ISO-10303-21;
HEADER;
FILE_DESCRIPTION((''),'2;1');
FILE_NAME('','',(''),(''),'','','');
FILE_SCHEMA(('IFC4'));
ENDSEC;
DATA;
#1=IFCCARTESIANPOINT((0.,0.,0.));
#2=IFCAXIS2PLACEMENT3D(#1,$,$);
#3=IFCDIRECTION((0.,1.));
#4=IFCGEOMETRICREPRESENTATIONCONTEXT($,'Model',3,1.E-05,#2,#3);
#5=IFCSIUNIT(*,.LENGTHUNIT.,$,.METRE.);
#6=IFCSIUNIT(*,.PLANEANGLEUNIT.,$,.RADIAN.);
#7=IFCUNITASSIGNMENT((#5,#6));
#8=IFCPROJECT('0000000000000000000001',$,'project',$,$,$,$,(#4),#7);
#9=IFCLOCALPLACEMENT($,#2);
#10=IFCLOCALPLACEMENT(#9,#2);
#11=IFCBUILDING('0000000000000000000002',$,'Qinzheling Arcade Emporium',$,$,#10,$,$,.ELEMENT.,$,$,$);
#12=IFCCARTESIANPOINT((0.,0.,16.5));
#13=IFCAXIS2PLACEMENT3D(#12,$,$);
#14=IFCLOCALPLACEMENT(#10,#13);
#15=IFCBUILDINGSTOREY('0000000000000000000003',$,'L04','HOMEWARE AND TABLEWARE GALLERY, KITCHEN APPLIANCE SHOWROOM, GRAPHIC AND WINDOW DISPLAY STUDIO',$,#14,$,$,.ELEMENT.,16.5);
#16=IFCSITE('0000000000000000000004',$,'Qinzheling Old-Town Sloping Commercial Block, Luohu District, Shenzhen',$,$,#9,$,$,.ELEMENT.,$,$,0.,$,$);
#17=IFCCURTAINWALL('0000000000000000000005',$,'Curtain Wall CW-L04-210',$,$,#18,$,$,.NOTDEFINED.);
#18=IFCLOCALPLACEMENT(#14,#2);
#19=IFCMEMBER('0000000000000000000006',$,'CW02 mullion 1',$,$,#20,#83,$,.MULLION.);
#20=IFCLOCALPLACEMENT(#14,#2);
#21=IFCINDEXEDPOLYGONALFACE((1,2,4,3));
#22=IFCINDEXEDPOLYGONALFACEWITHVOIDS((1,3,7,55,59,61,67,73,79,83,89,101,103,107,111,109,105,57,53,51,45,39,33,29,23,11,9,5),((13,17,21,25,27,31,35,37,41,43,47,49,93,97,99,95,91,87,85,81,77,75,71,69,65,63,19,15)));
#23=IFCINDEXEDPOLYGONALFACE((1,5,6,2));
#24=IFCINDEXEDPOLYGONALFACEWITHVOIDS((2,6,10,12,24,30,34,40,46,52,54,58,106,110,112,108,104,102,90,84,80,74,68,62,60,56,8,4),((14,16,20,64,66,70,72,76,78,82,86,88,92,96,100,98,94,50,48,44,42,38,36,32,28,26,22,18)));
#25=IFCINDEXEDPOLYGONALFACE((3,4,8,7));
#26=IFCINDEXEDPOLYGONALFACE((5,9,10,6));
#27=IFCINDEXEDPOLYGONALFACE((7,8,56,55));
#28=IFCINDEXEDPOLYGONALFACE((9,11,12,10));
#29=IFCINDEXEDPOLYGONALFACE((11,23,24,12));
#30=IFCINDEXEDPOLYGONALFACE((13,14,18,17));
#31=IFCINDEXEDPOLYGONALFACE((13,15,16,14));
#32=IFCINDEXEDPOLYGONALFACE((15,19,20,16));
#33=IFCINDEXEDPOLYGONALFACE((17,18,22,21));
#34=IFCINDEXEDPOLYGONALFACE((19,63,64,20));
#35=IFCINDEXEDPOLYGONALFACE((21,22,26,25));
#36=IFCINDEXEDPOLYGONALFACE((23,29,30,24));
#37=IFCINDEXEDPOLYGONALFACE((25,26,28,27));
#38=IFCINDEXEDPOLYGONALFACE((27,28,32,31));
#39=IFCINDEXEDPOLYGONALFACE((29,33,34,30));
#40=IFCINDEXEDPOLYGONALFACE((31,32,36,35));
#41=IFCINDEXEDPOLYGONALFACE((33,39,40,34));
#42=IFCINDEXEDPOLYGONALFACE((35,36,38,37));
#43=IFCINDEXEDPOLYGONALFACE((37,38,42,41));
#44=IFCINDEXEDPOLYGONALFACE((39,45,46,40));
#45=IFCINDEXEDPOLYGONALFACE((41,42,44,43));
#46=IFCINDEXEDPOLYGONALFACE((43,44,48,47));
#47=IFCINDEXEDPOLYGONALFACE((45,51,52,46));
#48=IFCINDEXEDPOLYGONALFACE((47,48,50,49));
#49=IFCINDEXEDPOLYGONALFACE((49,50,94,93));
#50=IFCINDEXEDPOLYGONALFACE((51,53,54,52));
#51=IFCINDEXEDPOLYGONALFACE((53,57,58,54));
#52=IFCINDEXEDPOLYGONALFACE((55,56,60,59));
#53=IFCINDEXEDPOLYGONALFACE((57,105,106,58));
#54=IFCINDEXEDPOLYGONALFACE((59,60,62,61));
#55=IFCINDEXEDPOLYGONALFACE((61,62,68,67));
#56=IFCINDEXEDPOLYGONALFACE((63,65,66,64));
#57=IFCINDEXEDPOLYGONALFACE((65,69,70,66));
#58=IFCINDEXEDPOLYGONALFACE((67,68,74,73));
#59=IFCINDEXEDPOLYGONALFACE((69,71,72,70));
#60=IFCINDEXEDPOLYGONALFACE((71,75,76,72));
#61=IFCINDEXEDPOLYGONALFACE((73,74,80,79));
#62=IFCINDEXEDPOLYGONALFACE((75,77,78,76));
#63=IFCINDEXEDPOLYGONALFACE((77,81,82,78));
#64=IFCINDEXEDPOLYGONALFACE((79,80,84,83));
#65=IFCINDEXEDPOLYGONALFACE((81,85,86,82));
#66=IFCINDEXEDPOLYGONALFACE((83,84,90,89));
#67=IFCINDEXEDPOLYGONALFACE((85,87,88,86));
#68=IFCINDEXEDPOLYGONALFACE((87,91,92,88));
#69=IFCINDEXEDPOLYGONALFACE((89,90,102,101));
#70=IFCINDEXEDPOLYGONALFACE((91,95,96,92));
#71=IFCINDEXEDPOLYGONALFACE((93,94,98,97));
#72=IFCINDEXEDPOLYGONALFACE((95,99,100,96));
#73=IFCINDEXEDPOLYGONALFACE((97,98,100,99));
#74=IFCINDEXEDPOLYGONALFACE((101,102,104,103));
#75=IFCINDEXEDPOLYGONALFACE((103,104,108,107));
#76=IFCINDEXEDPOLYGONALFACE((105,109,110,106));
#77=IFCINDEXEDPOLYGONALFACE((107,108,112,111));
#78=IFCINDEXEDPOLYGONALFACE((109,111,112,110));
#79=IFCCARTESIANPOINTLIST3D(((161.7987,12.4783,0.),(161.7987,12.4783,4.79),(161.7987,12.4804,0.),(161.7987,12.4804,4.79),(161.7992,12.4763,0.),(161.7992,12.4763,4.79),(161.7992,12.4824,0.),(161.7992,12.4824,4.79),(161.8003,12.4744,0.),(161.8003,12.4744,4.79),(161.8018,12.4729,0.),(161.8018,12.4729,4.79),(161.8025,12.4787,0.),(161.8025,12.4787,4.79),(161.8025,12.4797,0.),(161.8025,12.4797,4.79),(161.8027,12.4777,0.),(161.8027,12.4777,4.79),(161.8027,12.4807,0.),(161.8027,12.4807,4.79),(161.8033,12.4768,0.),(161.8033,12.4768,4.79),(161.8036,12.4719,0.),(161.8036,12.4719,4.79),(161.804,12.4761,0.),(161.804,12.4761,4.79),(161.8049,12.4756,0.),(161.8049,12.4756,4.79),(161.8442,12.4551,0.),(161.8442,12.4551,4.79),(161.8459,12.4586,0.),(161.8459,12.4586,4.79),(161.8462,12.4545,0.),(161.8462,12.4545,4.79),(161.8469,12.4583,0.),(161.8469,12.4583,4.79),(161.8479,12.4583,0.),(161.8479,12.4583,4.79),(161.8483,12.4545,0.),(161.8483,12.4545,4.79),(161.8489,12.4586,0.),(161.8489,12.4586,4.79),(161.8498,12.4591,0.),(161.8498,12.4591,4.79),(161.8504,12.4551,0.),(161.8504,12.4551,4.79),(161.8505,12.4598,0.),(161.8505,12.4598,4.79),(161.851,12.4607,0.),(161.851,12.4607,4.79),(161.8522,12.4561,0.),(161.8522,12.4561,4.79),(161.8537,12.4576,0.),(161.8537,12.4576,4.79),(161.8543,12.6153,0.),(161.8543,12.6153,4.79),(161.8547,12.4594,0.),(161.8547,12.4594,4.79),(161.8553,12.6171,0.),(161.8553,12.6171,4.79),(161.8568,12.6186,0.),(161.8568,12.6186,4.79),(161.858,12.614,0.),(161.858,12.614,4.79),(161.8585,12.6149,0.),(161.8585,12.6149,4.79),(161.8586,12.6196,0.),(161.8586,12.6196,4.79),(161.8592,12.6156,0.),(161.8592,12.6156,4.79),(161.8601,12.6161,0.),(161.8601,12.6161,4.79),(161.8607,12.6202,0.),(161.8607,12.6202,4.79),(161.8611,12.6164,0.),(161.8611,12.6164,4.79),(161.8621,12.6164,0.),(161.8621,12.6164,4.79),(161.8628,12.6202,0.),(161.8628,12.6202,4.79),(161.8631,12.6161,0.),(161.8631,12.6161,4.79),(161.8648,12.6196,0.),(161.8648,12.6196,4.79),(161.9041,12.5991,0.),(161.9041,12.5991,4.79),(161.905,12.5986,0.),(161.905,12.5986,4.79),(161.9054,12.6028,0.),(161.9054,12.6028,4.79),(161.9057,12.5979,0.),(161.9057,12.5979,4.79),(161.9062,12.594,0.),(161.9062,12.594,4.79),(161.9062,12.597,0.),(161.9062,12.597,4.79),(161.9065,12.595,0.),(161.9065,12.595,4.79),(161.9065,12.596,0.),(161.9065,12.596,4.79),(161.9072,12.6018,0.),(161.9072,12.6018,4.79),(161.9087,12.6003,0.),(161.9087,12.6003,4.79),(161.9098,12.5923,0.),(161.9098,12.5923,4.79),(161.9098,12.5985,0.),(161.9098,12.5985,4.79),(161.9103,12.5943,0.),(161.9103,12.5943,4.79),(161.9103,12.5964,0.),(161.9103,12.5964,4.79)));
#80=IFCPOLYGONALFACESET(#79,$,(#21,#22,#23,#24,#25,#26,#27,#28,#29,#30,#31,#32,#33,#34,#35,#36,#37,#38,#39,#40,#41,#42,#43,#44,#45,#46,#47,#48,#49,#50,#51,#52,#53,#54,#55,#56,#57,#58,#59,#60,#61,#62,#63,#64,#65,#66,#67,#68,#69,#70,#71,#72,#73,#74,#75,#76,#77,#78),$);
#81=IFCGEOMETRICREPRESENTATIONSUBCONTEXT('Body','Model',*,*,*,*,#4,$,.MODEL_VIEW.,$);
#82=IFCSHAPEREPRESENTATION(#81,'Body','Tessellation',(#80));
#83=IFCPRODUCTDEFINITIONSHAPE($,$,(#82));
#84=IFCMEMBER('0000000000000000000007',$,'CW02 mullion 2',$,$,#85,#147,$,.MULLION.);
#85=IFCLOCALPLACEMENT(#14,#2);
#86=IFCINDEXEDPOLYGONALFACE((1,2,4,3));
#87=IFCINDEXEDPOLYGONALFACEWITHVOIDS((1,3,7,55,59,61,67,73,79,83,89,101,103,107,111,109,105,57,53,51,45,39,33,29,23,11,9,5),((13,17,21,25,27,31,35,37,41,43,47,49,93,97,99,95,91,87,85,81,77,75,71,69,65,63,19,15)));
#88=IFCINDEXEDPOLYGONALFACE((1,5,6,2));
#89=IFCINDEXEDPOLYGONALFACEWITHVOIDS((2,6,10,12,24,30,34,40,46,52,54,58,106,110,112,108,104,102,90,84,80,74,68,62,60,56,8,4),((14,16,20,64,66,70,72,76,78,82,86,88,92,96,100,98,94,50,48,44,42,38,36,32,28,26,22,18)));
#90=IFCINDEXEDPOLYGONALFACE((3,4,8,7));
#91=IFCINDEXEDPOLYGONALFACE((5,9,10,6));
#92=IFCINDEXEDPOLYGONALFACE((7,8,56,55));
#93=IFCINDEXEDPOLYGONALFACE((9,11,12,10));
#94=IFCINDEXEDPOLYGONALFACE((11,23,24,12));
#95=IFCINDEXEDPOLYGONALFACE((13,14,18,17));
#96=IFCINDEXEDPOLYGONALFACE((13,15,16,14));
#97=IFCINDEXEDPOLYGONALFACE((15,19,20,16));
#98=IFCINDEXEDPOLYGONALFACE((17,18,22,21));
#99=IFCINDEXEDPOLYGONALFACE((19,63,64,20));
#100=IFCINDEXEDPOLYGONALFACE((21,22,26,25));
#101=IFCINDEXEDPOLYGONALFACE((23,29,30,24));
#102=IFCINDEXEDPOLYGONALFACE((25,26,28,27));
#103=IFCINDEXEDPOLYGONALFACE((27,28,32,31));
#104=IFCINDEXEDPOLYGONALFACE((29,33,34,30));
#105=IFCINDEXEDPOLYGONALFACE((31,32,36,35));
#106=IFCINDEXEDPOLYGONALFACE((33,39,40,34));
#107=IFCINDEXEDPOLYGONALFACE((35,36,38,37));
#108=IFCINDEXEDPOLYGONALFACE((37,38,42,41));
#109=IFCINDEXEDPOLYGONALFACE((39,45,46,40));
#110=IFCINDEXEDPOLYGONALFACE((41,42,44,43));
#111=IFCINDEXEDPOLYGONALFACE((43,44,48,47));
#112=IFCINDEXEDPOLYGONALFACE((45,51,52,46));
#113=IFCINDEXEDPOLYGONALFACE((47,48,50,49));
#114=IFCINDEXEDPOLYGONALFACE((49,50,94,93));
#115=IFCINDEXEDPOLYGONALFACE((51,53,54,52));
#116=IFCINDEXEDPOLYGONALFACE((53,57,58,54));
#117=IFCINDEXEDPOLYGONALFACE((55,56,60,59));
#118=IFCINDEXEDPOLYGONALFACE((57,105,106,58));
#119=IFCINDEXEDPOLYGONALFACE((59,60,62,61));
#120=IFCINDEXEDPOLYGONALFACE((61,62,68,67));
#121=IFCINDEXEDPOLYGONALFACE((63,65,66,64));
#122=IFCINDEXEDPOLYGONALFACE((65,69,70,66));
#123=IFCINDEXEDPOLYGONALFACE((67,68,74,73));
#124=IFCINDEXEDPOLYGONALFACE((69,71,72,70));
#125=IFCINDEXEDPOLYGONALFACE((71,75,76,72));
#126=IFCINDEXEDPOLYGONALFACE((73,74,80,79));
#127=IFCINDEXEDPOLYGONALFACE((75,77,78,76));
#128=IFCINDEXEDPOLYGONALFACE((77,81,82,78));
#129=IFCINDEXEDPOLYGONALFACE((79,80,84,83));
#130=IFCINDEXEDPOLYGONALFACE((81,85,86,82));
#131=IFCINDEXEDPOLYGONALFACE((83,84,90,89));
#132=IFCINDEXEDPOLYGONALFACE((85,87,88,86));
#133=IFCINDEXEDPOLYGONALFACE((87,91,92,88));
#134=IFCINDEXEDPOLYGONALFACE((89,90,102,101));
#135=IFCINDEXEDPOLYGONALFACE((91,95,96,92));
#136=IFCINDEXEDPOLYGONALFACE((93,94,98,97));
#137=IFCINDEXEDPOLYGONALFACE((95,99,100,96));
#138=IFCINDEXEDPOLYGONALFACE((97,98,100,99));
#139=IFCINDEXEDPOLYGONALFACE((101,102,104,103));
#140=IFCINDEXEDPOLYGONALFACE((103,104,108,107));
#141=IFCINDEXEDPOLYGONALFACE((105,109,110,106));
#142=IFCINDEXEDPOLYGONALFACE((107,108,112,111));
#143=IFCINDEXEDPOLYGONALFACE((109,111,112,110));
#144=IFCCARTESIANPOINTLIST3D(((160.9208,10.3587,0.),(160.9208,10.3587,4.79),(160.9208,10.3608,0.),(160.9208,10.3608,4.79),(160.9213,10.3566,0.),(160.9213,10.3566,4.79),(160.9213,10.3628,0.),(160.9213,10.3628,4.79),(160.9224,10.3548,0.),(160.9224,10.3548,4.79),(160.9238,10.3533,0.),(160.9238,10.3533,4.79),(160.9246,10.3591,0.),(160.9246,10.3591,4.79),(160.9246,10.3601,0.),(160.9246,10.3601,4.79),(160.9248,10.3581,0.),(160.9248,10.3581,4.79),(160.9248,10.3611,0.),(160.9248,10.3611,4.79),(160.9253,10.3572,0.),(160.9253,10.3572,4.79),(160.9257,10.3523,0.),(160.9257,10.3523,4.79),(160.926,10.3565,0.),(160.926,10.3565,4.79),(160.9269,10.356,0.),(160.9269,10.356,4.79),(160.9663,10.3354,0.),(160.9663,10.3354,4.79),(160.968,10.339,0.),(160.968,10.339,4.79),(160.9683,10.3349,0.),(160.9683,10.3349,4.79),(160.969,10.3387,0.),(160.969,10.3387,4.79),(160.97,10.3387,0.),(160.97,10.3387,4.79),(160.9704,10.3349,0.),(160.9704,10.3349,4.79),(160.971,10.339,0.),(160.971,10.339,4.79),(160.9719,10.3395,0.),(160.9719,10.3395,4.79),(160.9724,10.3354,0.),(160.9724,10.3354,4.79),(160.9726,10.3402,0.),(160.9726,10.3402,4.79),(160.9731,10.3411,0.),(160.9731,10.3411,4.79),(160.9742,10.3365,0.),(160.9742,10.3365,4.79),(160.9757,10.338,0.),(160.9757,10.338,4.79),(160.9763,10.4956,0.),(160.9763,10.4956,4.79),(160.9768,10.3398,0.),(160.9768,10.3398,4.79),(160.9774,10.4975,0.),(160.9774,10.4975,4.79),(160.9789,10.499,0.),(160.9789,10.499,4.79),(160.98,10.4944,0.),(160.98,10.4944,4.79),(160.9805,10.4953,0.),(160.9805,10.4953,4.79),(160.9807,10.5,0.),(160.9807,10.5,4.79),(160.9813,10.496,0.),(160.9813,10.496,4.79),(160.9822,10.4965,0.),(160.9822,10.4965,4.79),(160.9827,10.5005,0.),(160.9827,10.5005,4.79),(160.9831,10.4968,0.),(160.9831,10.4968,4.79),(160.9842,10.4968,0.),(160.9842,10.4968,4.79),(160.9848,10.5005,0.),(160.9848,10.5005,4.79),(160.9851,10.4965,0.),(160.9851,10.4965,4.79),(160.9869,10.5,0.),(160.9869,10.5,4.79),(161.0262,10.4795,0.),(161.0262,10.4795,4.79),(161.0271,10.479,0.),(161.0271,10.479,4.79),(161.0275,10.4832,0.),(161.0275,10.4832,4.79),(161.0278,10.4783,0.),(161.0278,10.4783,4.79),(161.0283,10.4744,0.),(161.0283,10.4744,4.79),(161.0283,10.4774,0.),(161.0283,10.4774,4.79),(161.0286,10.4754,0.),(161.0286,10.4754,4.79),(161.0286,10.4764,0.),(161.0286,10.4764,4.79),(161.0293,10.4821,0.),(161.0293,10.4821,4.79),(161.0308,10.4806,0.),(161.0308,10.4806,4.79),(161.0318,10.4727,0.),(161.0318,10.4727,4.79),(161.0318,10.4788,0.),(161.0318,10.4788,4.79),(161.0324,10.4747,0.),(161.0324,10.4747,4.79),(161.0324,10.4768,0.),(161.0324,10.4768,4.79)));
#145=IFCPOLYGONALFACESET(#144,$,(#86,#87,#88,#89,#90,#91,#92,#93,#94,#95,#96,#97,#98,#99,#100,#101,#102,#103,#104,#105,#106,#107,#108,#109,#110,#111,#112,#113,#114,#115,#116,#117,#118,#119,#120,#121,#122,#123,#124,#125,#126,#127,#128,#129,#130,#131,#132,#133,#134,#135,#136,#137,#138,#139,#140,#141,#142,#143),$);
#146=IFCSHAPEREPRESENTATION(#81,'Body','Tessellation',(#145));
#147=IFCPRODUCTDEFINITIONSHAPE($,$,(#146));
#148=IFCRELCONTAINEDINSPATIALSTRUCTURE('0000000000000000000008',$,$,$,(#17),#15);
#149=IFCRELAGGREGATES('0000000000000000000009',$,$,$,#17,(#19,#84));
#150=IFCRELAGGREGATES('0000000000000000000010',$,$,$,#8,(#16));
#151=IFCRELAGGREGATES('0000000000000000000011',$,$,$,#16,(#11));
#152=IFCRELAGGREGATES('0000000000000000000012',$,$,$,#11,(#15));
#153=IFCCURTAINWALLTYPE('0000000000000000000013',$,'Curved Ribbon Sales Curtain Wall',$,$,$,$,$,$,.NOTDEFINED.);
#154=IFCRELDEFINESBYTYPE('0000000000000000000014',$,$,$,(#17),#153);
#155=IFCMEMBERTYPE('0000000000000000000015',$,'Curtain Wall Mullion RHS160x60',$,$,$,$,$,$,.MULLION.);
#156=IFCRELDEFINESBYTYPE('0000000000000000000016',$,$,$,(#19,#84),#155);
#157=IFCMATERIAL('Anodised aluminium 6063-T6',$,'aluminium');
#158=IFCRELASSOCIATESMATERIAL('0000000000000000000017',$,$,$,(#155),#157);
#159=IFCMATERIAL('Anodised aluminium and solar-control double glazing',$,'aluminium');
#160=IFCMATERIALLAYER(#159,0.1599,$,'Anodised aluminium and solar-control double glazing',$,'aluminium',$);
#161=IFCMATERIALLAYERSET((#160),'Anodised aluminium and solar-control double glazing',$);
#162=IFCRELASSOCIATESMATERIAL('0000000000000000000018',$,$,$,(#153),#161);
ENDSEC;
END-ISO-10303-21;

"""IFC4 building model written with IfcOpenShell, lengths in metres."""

from ifc_helpers import new_model, si_unit, direction, frame, origin, origin_2d, place, context, subcontext, project, spatial, hollow_rectangle, extrude, material, layer, layer_set, material_profile, profile_set, type_object, element, aggregate, save


model = new_model("IFC4")

# Units and contexts
model_context = context("Model", 3, precision=1e-05, world=origin(), true_north=direction((0.0, 1.0)))
body_context = subcontext(model_context, "Body", "Model", "MODEL_VIEW")
ifc_project = project(units=[si_unit("LENGTHUNIT", "METRE"), si_unit("PLANEANGLEUNIT", "RADIAN")], contexts=[model_context])

# Site, building, storey
site_placement = place(None, origin())
site = spatial("IfcSite", under=ifc_project, at=site_placement, Name="Qinzheling Old-Town Sloping Commercial Block, Luohu District, Shenzhen", CompositionType="ELEMENT", RefElevation=0.0)
building_placement = place(site_placement, origin())
building = spatial("IfcBuilding", under=site, at=building_placement, Name="Qinzheling Arcade Emporium", CompositionType="ELEMENT")
storey_placement = place(building_placement, frame((0.0, 0.0, 16.5)))
storey = spatial("IfcBuildingStorey", under=building, at=storey_placement, Name="L04", Description="HOMEWARE AND TABLEWARE GALLERY, KITCHEN APPLIANCE SHOWROOM, GRAPHIC AND WINDOW DISPLAY STUDIO", CompositionType="ELEMENT", Elevation=16.5)

# Curtain wall, members
ifc_material_1 = material(Name="Anodised aluminium and solar-control double glazing", Category="aluminium")
ifc_material_2 = material(Name="Anodised aluminium 6063-T6", Category="aluminium")
ifc_material_profile_1 = material_profile(ifc_material_2, hollow_rectangle(XDim=0.0601, YDim=0.1599, WallThickness=0.0039, InnerFilletRadius=0.0039, OuterFilletRadius=0.0081, at=origin_2d()), Name="RHS 160x60x4", Category="aluminium")
ifc_profile_set_1 = profile_set([ifc_material_profile_1], Name="Anodised aluminium 6063-T6")
member_type_1 = type_object("IfcMemberType", Name="Curtain Wall Mullion RHS160x60", PredefinedType="MULLION", material=ifc_profile_set_1)
ifc_layer_1 = layer(ifc_material_1, 0.1599, Name="Anodised aluminium and solar-control double glazing", Category="aluminium")
ifc_layer_set_1 = layer_set([ifc_layer_1], Name="Anodised aluminium and solar-control double glazing")
curtain_wall_type_1 = type_object("IfcCurtainWallType", Name="Curved Ribbon Sales Curtain Wall", PredefinedType="NOTDEFINED", material=ifc_layer_set_1)
curtain_wall_1_placement = place(storey_placement, origin())
curtain_wall_1 = element("IfcCurtainWall", 1, at=curtain_wall_1_placement, inside=storey, type_object=curtain_wall_type_1, Name="Curtain Wall CW-L04-210", PredefinedType="NOTDEFINED")
member_1_placement = place(storey_placement, frame((161.8545, 12.5374, 0.0), z_axis=(0.0, 0.0, 1.0), x_axis=(0.923867, -0.382714, 0.0)))
member_1 = element("IfcMember", 2, at=member_1_placement, type_object=member_type_1, Name="CW02 mullion 1", PredefinedType="MULLION", context=body_context, shape_type="SweptSolid", body=[
    extrude(hollow_rectangle(XDim=0.0601, YDim=0.1599, WallThickness=0.0039, InnerFilletRadius=0.0039, OuterFilletRadius=0.0081, at=origin_2d()), origin(), (0.0, 0.0, 1.0), 4.79),
])
member_2_placement = place(storey_placement, frame((160.9766, 10.4177, 0.0), z_axis=(0.0, 0.0, 1.0), x_axis=(0.923867, -0.382714, 0.0)))
member_2 = element("IfcMember", 3, at=member_2_placement, type_object=member_type_1, Name="CW02 mullion 2", PredefinedType="MULLION", context=body_context, shape_type="SweptSolid", body=[
    extrude(hollow_rectangle(XDim=0.0601, YDim=0.1599, WallThickness=0.0039, InnerFilletRadius=0.0039, OuterFilletRadius=0.0081, at=origin_2d()), origin(), (0.0, 0.0, 1.0), 4.79),
])

aggregate(curtain_wall_1, [member_1, member_2])

save(model, "model.ifc")
